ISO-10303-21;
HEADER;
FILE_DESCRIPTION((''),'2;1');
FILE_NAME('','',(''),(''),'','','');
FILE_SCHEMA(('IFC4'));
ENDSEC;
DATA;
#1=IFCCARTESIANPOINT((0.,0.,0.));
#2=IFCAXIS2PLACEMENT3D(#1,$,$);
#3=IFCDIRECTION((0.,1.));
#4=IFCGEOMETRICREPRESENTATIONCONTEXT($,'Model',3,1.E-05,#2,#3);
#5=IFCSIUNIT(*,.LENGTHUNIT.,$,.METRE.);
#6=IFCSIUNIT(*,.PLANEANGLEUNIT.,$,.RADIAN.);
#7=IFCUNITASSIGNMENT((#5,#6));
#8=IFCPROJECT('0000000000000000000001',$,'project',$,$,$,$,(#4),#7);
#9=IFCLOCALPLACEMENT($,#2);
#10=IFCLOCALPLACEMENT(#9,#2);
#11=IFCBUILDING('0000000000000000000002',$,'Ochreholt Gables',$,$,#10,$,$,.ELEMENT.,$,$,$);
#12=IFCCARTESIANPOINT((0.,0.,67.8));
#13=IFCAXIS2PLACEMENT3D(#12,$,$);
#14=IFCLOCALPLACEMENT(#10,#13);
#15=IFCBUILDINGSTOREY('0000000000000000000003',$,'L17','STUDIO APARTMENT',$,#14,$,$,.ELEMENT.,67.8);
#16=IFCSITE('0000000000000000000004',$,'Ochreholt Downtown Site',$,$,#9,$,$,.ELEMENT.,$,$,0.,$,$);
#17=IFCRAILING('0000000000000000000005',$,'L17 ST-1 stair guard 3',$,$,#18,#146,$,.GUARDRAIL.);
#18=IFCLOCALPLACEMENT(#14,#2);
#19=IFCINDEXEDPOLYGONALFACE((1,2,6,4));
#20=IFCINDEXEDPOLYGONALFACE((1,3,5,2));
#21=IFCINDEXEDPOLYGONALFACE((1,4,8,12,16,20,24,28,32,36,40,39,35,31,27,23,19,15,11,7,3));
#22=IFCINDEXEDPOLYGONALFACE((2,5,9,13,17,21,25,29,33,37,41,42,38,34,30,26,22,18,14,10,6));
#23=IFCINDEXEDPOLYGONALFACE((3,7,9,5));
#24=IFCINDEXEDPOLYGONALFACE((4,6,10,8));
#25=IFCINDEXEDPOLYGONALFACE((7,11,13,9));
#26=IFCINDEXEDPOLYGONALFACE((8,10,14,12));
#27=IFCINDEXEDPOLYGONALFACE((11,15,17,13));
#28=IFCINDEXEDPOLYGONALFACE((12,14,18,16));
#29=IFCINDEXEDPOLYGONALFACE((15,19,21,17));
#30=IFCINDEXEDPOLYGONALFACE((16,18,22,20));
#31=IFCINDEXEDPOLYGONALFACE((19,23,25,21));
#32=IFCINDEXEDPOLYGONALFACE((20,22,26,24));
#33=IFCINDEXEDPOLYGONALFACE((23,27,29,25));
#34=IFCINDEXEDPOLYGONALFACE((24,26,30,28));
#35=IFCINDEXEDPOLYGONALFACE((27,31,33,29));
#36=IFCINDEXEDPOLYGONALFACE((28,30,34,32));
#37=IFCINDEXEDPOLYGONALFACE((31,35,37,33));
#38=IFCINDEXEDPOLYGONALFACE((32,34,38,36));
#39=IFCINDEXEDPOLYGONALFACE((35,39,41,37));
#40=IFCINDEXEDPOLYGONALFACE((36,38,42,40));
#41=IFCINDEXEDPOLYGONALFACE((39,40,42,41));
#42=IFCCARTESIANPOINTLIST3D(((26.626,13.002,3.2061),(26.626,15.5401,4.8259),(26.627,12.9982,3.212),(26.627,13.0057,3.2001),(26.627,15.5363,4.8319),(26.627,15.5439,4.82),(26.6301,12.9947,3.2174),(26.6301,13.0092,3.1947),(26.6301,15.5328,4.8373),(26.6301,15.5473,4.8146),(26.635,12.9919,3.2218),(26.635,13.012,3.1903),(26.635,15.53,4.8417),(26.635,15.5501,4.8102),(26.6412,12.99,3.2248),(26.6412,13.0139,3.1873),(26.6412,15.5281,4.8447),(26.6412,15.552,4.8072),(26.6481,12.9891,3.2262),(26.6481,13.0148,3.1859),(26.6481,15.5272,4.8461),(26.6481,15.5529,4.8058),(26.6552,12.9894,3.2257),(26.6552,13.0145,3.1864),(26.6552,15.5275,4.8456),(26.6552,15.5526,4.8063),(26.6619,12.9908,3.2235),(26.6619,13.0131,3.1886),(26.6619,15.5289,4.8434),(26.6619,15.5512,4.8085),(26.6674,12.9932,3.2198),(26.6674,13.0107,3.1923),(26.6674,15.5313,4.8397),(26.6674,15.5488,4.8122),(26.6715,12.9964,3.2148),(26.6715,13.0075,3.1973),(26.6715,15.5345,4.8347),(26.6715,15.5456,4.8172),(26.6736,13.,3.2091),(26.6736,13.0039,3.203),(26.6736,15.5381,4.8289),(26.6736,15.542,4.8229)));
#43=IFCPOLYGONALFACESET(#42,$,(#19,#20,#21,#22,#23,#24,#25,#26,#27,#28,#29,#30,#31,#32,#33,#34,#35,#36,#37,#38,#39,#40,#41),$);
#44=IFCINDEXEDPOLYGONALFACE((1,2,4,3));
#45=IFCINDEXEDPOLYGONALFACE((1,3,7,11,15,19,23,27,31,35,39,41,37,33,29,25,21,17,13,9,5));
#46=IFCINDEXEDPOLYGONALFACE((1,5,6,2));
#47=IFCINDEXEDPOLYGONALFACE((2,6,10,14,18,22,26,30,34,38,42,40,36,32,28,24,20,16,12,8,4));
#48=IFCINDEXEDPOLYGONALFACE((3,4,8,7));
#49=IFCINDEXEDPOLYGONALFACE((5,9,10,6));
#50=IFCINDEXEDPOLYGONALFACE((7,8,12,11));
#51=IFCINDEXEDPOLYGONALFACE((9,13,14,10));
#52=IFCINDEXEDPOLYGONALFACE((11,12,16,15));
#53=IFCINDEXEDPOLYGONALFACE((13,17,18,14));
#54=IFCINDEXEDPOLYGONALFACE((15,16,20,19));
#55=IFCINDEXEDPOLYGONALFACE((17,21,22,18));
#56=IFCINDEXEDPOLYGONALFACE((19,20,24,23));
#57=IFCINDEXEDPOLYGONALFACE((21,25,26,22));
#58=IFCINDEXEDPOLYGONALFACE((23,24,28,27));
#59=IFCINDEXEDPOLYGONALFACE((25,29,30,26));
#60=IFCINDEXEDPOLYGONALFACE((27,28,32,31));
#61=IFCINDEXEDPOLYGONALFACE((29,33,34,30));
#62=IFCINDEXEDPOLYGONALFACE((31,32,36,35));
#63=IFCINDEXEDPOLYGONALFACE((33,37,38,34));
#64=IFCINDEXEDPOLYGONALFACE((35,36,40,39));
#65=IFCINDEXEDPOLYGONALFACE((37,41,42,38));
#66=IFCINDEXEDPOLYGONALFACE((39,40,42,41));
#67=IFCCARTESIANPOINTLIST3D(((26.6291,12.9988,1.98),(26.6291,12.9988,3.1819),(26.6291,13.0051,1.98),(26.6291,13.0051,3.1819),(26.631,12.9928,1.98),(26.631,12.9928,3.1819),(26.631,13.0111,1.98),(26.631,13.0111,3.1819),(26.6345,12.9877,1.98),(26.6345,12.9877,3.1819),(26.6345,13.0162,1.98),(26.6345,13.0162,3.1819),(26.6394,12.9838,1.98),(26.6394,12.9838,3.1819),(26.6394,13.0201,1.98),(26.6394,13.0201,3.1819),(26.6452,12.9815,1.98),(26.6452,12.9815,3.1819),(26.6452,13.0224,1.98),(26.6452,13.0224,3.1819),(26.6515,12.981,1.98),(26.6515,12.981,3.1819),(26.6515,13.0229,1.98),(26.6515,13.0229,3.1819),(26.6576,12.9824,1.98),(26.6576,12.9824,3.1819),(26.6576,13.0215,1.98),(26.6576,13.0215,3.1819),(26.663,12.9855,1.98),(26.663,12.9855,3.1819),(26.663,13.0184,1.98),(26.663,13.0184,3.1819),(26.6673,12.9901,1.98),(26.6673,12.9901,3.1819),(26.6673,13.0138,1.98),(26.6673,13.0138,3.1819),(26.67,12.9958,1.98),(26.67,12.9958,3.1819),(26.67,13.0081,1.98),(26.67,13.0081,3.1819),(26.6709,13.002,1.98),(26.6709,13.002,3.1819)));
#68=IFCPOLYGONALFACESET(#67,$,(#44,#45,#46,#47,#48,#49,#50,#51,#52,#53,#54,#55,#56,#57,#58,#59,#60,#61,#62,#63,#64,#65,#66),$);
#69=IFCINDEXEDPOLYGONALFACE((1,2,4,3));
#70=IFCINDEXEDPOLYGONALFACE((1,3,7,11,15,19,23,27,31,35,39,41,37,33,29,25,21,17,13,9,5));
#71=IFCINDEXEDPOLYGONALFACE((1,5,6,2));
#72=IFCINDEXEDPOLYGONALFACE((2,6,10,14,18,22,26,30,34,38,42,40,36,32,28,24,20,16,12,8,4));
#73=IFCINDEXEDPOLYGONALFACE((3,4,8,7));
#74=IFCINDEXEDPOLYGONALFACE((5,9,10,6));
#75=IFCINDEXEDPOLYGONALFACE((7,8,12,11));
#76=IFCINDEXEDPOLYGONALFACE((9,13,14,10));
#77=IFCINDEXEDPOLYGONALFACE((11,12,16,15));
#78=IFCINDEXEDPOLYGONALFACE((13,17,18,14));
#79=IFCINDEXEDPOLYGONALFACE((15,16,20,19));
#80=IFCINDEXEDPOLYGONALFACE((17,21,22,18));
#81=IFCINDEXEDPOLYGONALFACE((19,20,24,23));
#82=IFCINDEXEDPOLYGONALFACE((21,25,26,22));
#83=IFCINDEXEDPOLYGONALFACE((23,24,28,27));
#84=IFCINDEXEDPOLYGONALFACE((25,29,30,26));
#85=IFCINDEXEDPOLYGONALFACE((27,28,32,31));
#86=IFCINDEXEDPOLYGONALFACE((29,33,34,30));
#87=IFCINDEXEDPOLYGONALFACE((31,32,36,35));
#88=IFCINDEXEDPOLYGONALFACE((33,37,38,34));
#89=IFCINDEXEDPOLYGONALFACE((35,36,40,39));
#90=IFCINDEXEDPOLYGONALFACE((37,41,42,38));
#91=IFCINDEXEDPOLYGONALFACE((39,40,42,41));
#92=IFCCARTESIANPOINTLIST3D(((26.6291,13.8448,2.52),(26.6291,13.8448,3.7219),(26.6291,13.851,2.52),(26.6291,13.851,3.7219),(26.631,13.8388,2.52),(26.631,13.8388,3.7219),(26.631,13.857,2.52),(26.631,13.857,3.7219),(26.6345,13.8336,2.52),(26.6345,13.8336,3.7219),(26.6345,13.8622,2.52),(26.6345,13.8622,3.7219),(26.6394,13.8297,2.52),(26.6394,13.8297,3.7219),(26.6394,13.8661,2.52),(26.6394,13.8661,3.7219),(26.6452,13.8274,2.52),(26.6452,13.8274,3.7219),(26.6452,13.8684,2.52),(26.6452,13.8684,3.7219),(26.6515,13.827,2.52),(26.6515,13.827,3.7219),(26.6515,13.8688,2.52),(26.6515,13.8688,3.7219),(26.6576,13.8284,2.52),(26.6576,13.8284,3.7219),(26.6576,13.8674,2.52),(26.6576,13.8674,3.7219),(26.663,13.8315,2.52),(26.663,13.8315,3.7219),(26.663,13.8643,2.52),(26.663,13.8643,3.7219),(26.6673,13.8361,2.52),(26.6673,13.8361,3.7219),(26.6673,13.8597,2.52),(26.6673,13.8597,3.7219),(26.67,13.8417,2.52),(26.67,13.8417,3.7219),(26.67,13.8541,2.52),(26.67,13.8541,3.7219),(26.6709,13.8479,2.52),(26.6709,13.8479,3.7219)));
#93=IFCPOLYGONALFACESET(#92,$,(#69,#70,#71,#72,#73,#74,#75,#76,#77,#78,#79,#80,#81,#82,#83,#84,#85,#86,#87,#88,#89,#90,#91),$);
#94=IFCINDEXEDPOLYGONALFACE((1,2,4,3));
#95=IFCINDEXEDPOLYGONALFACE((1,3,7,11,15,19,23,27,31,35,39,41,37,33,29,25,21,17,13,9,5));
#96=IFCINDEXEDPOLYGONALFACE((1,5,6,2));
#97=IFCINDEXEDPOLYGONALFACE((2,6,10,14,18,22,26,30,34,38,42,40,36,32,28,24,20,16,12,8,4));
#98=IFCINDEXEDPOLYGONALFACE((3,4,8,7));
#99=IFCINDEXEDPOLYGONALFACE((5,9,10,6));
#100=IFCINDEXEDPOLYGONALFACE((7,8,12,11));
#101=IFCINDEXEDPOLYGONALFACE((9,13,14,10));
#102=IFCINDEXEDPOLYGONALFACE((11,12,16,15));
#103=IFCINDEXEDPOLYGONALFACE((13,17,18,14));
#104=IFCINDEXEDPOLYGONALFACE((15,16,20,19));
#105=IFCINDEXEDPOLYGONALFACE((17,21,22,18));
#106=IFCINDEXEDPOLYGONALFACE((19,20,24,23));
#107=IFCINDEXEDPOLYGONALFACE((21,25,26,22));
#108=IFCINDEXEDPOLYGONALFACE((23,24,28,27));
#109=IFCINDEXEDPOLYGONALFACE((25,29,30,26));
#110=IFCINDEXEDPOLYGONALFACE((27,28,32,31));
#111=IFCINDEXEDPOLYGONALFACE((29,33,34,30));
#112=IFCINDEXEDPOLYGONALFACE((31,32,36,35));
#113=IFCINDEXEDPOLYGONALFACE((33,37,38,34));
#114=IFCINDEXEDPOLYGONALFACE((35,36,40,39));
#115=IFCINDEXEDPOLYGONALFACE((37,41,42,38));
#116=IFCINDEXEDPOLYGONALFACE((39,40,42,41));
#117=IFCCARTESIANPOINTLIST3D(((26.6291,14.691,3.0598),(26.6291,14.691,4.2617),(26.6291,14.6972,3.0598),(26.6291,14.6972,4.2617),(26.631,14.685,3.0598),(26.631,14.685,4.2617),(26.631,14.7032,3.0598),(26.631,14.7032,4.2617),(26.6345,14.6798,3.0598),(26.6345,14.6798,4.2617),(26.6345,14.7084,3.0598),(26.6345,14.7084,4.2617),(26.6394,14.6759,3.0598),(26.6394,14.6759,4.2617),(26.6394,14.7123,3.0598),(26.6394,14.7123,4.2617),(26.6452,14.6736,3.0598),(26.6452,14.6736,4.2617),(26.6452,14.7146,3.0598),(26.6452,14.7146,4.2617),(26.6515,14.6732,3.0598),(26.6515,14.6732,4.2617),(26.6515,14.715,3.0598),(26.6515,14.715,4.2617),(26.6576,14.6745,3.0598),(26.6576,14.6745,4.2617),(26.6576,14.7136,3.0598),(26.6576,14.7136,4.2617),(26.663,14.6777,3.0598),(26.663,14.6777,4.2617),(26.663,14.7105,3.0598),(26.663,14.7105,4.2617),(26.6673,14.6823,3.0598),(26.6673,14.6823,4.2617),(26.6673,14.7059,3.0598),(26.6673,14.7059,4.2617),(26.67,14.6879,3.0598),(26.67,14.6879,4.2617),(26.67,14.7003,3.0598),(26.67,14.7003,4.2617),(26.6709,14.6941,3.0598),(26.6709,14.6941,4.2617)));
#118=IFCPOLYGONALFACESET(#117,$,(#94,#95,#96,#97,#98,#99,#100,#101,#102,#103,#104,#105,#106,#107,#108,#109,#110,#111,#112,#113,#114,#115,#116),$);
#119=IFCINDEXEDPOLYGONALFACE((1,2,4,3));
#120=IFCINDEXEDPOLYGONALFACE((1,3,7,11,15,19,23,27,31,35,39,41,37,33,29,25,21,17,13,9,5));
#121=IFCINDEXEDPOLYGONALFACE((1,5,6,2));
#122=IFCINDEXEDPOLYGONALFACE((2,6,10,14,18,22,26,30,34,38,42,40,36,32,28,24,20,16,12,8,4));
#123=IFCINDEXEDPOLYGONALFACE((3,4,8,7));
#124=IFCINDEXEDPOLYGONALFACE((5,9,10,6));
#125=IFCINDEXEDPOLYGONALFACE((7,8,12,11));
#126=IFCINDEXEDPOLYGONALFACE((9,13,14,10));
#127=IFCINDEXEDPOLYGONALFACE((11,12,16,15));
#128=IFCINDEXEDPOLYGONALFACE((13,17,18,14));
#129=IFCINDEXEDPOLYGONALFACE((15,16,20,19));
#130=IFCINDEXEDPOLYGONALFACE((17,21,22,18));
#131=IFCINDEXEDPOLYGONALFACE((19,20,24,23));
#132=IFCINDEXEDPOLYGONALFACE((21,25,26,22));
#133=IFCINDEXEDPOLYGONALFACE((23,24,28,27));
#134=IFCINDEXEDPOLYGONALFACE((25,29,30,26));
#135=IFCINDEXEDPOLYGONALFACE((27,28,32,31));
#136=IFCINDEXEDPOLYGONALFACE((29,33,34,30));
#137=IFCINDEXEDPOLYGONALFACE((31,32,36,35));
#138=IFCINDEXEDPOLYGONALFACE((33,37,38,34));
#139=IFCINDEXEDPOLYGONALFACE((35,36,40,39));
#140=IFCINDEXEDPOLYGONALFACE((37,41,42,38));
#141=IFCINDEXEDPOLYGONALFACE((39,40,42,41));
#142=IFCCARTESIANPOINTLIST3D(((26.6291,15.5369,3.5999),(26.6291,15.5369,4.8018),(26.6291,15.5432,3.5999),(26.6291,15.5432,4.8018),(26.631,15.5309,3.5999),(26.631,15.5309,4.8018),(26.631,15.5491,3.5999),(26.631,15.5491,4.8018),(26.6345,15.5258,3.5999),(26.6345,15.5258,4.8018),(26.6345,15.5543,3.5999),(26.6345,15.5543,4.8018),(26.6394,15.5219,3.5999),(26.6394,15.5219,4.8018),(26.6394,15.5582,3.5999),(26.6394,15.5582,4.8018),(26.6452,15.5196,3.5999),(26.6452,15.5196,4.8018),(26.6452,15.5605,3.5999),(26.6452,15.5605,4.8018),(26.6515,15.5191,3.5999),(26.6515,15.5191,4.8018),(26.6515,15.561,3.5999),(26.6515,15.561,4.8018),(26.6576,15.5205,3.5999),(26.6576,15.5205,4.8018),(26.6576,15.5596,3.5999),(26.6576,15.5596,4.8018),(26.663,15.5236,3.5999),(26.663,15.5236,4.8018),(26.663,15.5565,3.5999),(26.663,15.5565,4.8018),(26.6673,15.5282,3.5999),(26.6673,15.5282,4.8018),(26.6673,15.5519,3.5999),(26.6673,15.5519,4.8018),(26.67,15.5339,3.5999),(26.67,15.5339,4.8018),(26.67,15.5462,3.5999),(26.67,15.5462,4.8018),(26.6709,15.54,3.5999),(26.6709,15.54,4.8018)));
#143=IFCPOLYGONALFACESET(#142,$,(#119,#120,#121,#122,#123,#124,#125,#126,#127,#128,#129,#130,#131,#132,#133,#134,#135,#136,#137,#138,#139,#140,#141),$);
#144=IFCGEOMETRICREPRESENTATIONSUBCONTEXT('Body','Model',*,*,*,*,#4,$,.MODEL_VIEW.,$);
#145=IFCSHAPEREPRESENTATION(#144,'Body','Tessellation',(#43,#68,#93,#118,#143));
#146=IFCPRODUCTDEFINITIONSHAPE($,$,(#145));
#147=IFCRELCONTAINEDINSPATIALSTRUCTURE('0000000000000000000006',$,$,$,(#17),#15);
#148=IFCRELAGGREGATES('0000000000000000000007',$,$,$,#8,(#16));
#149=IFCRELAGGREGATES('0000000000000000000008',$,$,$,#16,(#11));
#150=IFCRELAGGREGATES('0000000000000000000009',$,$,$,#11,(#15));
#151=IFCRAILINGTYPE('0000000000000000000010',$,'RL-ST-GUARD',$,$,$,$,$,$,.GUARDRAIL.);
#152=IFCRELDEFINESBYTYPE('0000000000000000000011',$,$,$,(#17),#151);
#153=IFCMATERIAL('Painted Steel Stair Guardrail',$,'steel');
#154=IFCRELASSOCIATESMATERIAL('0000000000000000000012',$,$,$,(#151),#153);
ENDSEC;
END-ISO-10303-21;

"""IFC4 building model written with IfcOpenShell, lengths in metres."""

from ifc_helpers import new_model, si_unit, direction, frame, origin, origin_2d, place, context, subcontext, project, spatial, circle, extrude, material, type_object, element, save


model = new_model("IFC4")

# Units and contexts
model_context = context("Model", 3, precision=1e-05, world=origin(), true_north=direction((0.0, 1.0)))
body_context = subcontext(model_context, "Body", "Model", "MODEL_VIEW")
ifc_project = project(units=[si_unit("LENGTHUNIT", "METRE"), si_unit("PLANEANGLEUNIT", "RADIAN")], contexts=[model_context])

# Site, building, storey
site_placement = place(None, origin())
site = spatial("IfcSite", under=ifc_project, at=site_placement, Name="Ochreholt Downtown Site", CompositionType="ELEMENT", RefElevation=0.0)
building_placement = place(site_placement, origin())
building = spatial("IfcBuilding", under=site, at=building_placement, Name="Ochreholt Gables", CompositionType="ELEMENT")
storey_placement = place(building_placement, frame((0.0, 0.0, 67.8)))
storey = spatial("IfcBuildingStorey", under=building, at=storey_placement, Name="L17", Description="STUDIO APARTMENT", CompositionType="ELEMENT", Elevation=67.8)

# Railing
ifc_material_1 = material(Name="Painted Steel Stair Guardrail", Category="steel")
railing_type = type_object("IfcRailingType", Name="RL-ST-GUARD", PredefinedType="GUARDRAIL", material=ifc_material_1)
railing_1_placement = place(storey_placement, frame((26.6499, 13.002, 1.98)))
element("IfcRailing", 1, at=railing_1_placement, inside=storey, type_object=railing_type, Name="L17 ST-1 stair guard 3", PredefinedType="GUARDRAIL", context=body_context, shape_type="SweptSolid", body=[
    extrude(circle(Radius=0.0239, at=origin_2d()), frame((0.0, 0.0, 1.2261), z_axis=(0.0, 0.84295, 0.537993), x_axis=(-1.0, 0.0, 0.0)), (0.0, 0.0, 1.0), 3.011),
    extrude(circle(Radius=0.021, at=origin_2d()), origin(), (0.0, 0.0, 1.0), 1.2019),
    extrude(circle(Radius=0.021, at=origin_2d()), frame((0.0, 0.8459, 0.54)), (0.0, 0.0, 1.0), 1.2019),
    extrude(circle(Radius=0.021, at=origin_2d()), frame((0.0, 1.6921, 1.0798)), (0.0, 0.0, 1.0), 1.2019),
    extrude(circle(Radius=0.021, at=origin_2d()), frame((0.0, 2.5381, 1.6199)), (0.0, 0.0, 1.0), 1.2019),
])

save(model, "model.ifc")
